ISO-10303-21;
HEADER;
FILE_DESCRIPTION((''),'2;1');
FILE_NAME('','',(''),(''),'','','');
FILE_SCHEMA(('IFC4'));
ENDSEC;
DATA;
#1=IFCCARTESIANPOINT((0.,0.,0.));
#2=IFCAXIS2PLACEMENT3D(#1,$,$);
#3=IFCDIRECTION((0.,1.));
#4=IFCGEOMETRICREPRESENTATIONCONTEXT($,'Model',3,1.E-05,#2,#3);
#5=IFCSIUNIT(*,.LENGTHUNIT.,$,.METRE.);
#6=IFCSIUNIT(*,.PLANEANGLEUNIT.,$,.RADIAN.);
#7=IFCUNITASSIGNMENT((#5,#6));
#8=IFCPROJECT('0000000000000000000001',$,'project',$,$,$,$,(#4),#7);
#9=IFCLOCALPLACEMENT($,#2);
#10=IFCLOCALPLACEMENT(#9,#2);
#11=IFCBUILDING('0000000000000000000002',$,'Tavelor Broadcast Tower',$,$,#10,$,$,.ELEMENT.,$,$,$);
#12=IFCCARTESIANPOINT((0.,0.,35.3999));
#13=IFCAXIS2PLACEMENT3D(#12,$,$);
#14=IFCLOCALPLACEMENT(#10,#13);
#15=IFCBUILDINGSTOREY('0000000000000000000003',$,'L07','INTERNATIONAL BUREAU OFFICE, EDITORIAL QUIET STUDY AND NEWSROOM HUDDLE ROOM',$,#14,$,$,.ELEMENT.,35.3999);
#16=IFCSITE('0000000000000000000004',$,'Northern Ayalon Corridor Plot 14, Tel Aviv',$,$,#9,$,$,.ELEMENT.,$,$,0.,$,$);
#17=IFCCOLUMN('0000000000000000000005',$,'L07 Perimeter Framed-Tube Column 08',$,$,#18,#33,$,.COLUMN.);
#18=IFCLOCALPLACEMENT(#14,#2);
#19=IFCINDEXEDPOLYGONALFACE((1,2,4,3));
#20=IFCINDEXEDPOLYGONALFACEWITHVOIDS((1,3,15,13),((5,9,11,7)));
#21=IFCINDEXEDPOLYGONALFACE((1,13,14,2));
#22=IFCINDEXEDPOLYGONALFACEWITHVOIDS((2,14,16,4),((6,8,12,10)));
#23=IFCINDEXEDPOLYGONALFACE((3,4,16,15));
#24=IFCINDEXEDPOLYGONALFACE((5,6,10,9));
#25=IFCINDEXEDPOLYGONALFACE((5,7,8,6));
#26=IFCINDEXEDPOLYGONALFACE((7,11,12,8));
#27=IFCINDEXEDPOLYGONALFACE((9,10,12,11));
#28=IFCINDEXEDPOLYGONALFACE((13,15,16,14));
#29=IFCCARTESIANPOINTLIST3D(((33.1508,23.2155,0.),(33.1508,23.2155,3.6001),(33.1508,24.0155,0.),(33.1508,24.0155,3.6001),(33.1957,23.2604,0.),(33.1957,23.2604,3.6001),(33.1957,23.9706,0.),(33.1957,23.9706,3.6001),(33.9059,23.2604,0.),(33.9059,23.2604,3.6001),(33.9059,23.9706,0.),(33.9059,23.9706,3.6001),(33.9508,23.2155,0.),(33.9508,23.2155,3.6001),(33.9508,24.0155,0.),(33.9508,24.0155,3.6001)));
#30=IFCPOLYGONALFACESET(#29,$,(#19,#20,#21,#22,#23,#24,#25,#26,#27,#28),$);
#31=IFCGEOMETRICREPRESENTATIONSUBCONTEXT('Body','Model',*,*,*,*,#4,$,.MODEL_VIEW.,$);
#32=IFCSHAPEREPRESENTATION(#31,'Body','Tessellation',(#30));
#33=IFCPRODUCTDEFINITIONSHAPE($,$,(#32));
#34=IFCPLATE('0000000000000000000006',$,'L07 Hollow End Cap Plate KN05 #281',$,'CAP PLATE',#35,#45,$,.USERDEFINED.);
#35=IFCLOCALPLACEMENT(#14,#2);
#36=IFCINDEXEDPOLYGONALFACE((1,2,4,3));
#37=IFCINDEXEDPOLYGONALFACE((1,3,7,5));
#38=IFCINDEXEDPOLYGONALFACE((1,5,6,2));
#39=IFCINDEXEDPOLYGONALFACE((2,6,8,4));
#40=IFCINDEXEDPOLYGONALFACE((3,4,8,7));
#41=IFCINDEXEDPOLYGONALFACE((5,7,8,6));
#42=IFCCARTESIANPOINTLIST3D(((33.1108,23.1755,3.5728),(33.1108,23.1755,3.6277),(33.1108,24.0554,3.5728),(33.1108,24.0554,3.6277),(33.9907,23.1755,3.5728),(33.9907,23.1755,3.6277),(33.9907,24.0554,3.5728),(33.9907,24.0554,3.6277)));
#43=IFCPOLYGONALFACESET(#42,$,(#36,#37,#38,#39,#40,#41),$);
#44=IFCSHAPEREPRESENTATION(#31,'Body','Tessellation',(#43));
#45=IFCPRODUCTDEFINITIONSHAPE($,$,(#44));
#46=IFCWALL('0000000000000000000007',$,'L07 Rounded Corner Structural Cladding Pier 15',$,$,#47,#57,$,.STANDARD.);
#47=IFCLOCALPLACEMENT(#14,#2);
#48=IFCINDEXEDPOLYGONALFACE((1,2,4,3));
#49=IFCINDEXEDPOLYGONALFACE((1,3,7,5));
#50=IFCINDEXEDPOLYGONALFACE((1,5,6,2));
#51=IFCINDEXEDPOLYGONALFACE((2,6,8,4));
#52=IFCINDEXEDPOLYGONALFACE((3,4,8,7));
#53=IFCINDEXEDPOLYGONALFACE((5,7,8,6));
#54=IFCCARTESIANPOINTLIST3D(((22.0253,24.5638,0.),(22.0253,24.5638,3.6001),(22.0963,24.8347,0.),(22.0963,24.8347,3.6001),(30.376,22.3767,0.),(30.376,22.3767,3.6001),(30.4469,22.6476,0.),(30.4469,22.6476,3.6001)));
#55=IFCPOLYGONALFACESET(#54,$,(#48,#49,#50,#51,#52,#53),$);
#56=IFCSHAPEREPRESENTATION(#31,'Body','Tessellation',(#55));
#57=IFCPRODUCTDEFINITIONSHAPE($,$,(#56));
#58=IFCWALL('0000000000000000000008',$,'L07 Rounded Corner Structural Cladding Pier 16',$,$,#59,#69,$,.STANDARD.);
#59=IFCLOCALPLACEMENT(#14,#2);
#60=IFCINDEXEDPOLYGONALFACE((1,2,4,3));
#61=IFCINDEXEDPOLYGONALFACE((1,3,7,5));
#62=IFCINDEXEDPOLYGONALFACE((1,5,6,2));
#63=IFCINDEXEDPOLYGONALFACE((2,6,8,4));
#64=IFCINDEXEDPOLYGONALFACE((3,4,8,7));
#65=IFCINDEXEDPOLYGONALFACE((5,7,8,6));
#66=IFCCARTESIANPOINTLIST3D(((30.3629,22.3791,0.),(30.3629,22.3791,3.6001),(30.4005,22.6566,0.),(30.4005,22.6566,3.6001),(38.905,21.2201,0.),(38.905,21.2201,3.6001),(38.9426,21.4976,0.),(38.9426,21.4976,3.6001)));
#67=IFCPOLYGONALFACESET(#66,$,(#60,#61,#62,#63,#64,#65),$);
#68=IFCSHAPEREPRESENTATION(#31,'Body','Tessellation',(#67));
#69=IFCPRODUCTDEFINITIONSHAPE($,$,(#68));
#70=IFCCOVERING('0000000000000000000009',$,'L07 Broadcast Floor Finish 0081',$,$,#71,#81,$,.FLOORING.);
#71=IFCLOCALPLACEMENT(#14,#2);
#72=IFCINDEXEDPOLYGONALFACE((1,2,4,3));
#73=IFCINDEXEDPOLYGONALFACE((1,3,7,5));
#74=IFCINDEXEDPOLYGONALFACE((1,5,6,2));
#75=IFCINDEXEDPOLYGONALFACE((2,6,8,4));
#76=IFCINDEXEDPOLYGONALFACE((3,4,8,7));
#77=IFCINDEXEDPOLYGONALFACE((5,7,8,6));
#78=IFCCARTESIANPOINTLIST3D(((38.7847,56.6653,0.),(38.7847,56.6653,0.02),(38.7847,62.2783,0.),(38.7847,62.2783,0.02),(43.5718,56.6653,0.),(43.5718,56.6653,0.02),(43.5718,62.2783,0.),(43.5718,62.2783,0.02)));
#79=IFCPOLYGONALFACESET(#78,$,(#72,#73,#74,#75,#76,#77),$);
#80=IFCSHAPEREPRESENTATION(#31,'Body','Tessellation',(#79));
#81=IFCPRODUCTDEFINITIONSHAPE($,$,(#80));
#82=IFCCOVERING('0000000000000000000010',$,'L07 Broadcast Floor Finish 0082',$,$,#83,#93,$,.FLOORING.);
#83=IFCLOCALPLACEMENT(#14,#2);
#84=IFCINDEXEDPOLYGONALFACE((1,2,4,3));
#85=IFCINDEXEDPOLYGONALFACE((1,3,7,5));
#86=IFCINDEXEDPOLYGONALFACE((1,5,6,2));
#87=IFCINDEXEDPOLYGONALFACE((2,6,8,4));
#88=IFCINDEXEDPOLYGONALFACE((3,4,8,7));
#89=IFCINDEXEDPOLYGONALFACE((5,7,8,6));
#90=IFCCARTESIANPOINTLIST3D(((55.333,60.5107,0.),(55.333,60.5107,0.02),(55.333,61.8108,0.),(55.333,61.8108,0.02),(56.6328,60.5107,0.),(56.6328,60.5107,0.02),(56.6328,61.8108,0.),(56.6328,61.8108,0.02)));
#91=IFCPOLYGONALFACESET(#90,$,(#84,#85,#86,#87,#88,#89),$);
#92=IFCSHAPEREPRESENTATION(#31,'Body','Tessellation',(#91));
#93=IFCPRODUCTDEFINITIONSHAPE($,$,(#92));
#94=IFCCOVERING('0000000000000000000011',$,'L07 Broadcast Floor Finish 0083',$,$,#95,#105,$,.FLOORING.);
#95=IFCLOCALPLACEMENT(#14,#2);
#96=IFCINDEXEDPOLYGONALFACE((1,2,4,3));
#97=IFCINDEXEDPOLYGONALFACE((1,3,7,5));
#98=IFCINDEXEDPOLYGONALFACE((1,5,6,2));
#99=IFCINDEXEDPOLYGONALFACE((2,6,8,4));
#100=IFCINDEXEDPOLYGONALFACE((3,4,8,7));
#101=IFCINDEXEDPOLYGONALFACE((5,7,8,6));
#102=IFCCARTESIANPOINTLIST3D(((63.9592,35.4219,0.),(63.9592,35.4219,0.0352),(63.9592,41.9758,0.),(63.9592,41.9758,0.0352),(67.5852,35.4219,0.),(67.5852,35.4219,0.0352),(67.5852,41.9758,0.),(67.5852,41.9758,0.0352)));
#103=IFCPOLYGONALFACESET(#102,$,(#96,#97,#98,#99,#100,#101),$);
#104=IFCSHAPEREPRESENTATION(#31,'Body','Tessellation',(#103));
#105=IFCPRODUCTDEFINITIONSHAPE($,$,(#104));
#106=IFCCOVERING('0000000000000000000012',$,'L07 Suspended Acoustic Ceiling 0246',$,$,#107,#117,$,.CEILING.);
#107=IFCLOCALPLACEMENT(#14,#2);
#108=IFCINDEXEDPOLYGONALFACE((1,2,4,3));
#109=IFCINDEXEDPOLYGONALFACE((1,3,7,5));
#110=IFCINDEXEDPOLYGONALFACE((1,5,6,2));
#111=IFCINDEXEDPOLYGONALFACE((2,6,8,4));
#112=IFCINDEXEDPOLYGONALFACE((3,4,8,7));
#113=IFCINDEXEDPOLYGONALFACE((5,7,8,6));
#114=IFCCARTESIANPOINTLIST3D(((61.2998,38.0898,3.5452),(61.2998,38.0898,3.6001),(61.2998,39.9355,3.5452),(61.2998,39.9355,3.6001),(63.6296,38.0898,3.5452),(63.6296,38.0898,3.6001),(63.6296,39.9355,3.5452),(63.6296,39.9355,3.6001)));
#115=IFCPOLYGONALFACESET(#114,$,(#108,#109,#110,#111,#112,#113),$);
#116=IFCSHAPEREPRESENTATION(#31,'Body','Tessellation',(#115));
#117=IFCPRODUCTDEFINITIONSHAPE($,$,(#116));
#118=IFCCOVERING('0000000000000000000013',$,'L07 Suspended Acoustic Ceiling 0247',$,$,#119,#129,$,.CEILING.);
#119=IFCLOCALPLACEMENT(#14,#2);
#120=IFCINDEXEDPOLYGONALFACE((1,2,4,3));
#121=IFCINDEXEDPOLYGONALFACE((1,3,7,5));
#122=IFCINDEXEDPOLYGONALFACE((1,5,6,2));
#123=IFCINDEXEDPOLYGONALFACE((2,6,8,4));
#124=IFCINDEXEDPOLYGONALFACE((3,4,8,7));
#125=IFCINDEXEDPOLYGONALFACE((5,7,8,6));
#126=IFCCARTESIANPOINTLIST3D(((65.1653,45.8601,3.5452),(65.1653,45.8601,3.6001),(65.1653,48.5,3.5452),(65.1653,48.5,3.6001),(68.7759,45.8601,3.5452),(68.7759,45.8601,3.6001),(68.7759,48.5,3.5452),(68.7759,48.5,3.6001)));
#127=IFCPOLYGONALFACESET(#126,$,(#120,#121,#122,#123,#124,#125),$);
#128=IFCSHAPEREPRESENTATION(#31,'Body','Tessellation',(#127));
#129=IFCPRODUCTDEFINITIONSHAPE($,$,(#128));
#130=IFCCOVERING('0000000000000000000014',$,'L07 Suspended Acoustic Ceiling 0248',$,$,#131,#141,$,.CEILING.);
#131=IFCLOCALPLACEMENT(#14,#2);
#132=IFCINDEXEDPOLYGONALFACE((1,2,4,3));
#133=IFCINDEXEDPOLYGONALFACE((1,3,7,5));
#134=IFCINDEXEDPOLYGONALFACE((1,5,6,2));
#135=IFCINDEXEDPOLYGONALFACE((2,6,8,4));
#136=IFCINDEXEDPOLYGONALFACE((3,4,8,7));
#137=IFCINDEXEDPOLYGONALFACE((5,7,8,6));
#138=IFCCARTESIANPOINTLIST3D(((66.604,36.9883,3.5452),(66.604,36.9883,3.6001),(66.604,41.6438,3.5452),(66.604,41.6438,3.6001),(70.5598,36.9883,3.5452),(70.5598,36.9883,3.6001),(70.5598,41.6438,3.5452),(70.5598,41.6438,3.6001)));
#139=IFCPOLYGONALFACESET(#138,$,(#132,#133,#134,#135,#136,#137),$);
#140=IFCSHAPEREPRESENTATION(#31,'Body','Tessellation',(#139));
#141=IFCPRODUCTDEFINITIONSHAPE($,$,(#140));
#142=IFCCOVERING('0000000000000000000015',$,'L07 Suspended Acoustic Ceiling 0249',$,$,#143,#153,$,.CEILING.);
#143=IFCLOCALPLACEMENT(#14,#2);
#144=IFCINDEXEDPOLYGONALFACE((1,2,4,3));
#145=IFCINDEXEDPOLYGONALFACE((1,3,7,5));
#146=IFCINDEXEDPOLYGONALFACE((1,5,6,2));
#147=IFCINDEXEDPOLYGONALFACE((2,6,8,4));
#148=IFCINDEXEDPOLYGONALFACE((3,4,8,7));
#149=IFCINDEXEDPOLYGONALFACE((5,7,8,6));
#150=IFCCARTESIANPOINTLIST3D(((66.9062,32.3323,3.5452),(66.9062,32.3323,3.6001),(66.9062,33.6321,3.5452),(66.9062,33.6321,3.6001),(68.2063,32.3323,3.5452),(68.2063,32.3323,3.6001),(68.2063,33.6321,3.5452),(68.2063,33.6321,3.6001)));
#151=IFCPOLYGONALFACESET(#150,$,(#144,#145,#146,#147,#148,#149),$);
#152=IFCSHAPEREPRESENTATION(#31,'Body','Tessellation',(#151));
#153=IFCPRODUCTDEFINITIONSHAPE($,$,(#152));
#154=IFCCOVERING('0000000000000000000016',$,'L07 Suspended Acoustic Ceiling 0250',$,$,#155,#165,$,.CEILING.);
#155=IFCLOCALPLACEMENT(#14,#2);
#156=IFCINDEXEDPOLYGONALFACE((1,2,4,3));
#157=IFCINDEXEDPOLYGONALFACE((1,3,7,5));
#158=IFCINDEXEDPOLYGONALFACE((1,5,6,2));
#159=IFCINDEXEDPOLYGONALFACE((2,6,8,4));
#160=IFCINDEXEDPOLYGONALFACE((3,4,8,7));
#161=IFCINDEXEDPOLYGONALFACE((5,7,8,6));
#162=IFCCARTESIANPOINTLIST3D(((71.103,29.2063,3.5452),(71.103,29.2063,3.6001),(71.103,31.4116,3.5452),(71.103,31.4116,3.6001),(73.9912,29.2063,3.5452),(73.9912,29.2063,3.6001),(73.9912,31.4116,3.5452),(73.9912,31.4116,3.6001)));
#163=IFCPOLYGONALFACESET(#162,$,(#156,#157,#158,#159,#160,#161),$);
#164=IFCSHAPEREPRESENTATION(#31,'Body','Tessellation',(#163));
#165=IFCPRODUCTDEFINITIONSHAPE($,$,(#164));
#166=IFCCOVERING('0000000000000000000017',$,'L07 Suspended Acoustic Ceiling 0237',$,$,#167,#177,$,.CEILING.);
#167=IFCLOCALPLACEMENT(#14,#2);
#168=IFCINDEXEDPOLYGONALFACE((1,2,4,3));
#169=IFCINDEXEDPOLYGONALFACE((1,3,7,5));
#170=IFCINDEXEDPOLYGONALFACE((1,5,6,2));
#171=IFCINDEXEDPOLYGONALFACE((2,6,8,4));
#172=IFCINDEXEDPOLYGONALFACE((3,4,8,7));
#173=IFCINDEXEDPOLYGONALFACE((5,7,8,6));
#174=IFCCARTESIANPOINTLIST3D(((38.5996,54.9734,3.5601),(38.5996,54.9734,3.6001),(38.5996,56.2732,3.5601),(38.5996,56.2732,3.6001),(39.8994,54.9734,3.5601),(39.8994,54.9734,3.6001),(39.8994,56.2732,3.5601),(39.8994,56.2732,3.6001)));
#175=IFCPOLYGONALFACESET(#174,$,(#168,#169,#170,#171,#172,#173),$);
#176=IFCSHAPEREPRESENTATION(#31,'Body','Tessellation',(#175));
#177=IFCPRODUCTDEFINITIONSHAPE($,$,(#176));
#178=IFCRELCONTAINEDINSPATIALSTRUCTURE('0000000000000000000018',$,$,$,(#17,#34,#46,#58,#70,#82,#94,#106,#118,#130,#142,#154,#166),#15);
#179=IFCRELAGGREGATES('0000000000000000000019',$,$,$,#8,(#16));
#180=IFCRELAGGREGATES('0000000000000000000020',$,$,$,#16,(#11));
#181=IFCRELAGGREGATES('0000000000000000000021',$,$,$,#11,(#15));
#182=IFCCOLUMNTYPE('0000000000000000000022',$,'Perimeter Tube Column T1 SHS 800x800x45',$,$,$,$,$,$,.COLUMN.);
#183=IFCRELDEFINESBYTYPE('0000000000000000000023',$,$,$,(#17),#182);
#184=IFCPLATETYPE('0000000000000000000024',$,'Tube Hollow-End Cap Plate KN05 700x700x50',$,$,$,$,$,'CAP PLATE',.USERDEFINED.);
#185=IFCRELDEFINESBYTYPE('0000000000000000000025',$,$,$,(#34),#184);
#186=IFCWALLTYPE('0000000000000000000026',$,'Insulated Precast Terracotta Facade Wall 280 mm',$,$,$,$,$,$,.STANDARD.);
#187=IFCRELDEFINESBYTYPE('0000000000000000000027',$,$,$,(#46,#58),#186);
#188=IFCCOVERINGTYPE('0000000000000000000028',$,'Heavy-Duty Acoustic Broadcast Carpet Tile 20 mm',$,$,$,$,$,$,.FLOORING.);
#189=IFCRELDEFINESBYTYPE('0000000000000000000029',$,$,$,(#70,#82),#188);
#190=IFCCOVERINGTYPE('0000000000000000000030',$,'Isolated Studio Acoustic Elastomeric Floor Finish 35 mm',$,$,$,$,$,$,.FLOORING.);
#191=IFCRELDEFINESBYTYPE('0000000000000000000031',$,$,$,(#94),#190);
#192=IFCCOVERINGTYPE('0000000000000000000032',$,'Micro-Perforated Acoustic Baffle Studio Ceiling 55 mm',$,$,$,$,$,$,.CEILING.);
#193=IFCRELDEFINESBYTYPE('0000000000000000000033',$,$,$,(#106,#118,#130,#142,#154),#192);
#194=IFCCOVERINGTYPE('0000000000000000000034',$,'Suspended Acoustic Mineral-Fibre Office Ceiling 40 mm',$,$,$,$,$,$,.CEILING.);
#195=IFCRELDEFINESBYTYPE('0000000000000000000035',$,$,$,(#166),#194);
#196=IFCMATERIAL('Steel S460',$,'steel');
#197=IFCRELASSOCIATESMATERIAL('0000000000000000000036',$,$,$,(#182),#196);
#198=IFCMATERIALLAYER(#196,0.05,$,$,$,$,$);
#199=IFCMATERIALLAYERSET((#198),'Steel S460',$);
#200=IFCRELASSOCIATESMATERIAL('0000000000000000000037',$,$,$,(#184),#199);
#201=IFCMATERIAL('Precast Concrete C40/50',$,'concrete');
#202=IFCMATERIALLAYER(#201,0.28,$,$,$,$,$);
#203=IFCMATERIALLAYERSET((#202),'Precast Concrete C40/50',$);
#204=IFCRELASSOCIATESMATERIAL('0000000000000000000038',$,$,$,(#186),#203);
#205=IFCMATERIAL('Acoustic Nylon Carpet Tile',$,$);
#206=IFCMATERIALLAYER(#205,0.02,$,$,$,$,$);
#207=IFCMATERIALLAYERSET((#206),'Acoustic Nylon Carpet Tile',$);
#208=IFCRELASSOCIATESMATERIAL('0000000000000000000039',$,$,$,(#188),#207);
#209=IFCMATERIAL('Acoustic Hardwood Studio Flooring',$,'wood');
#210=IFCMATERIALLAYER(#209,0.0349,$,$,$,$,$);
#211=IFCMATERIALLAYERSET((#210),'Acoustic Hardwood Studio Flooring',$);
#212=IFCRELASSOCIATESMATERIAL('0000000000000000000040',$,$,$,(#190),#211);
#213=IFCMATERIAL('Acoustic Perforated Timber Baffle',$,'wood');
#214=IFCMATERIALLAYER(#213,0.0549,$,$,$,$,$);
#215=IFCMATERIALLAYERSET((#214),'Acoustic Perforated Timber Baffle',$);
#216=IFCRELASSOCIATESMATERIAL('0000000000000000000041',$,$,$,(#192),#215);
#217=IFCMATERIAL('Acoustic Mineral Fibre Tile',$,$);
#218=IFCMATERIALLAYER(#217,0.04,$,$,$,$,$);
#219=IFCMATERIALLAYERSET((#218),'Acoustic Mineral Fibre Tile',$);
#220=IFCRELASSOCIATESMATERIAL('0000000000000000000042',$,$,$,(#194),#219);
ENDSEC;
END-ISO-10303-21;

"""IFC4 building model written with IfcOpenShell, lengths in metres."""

from ifc_helpers import new_model, si_unit, direction, frame, frame_2d, origin, origin_2d, place, context, subcontext, project, spatial, polyline, rectangle, hollow_rectangle, outline, extrude, source, transform, mapped, material, layer, layer_set, material_profile, profile_set, type_object, type_shapes, element, save


model = new_model("IFC4")

# Units and contexts
model_context = context("Model", 3, precision=1e-05, world=origin(), true_north=direction((0.0, 1.0)))
body_context = subcontext(model_context, "Body", "Model", "MODEL_VIEW")
ifc_project = project(units=[si_unit("LENGTHUNIT", "METRE"), si_unit("PLANEANGLEUNIT", "RADIAN")], contexts=[model_context])

# Site, building, storey
site_placement = place(None, origin())
site = spatial("IfcSite", under=ifc_project, at=site_placement, Name="Northern Ayalon Corridor Plot 14, Tel Aviv", CompositionType="ELEMENT", RefElevation=0.0)
building_placement = place(site_placement, origin())
building = spatial("IfcBuilding", under=site, at=building_placement, Name="Tavelor Broadcast Tower", CompositionType="ELEMENT")
storey_placement = place(building_placement, frame((0.0, 0.0, 35.3999)))
storey = spatial("IfcBuildingStorey", under=building, at=storey_placement, Name="L07", Description="INTERNATIONAL BUREAU OFFICE, EDITORIAL QUIET STUDY AND NEWSROOM HUDDLE ROOM", CompositionType="ELEMENT", Elevation=35.3999)

# Column
ifc_material_1 = material(Name="Steel S460", Category="steel")
ifc_material_profile = material_profile(ifc_material_1, hollow_rectangle(XDim=0.8, YDim=0.8, WallThickness=0.0449, at=origin_2d()), Name="SHS 800x800x45")
ifc_profile_set = profile_set([ifc_material_profile], Name="Steel S460")
column_type = type_object("IfcColumnType", Name="Perimeter Tube Column T1 SHS 800x800x45", PredefinedType="COLUMN", material=ifc_profile_set)
column_placement = place(storey_placement, frame((33.5508, 23.6155, 0.0), z_axis=(0.0, 0.0, 1.0), x_axis=(1.0, 0.0, 0.0)))
element("IfcColumn", 1, at=column_placement, inside=storey, type_object=column_type, Name="L07 Perimeter Framed-Tube Column 08", PredefinedType="COLUMN", context=body_context, shape_type="SweptSolid", body=[
    extrude(hollow_rectangle(XDim=0.8, YDim=0.8, WallThickness=0.0449, at=origin_2d()), origin(), (0.0, 0.0, 1.0), 3.6001),
])

# Plate
ifc_layer_1 = layer(ifc_material_1, 0.05)
ifc_layer_set_1 = layer_set([ifc_layer_1], Name="Steel S460")
plate_type = type_object("IfcPlateType", Name="Tube Hollow-End Cap Plate KN05 700x700x50", ElementType="CAP PLATE", PredefinedType="USERDEFINED", material=ifc_layer_set_1)
shared_shape = source(origin(), body_context, "Body", "SweptSolid", [
    extrude(rectangle(XDim=0.8799, YDim=0.8799, at=origin_2d()), origin(), (0.0, 0.0, 1.0), 0.0549),
])
type_shapes(plate_type, [shared_shape])
plate_placement = place(storey_placement, frame((33.5508, 23.6155, 3.5728), z_axis=(0.0, 0.0, 1.0), x_axis=(1.0, 0.0, 0.0)))
element("IfcPlate", 2, at=plate_placement, inside=storey, type_object=plate_type, Name="L07 Hollow End Cap Plate KN05 #281", ObjectType="CAP PLATE", PredefinedType="USERDEFINED", context=body_context, shape_type="MappedRepresentation", body=[
    mapped(shared_shape, transform((0.0, 0.0, 0.0), scale=1.0)),
])

# Walls
ifc_material_2 = material(Name="Precast Concrete C40/50", Category="concrete")
ifc_layer_2 = layer(ifc_material_2, 0.28)
ifc_layer_set_2 = layer_set([ifc_layer_2], Name="Precast Concrete C40/50")
wall_type = type_object("IfcWallType", Name="Insulated Precast Terracotta Facade Wall 280 mm", PredefinedType="STANDARD", material=ifc_layer_set_2)
wall_1_placement = place(storey_placement, frame((22.0608, 24.6992, 0.0), z_axis=(0.0, 0.0, 1.0), x_axis=(0.967374, -0.253354, 0.0)))
element("IfcWall", 3, at=wall_1_placement, inside=storey, type_object=wall_type, Name="L07 Rounded Corner Structural Cladding Pier 15", PredefinedType="STANDARD", context=body_context, shape_type="SweptSolid", body=[
    extrude(rectangle(XDim=8.6323, YDim=0.28, at=frame_2d((4.3162, 0.0))), origin(), (0.0, 0.0, 1.0), 3.6001),
])
wall_2_placement = place(storey_placement, frame((30.3818, 22.5178, 0.0), z_axis=(0.0, 0.0, 1.0), x_axis=(0.990921, -0.134443, 0.0)))
element("IfcWall", 4, at=wall_2_placement, inside=storey, type_object=wall_type, Name="L07 Rounded Corner Structural Cladding Pier 16", PredefinedType="STANDARD", context=body_context, shape_type="SweptSolid", body=[
    extrude(rectangle(XDim=8.6204, YDim=0.28, at=frame_2d((4.3101, 0.0))), origin(), (0.0, 0.0, 1.0), 3.6001),
])

# Coverings
ifc_material_3 = material(Name="Acoustic Nylon Carpet Tile")
ifc_layer_3 = layer(ifc_material_3, 0.02)
ifc_layer_set_3 = layer_set([ifc_layer_3], Name="Acoustic Nylon Carpet Tile")
covering_type_1 = type_object("IfcCoveringType", Name="Heavy-Duty Acoustic Broadcast Carpet Tile 20 mm", PredefinedType="FLOORING", material=ifc_layer_set_3)
covering_1_placement = place(storey_placement, origin())
element("IfcCovering", 5, at=covering_1_placement, inside=storey, type_object=covering_type_1, Name="L07 Broadcast Floor Finish 0081", PredefinedType="FLOORING", context=body_context, shape_type="SweptSolid", body=[
    extrude(outline(polyline([(38.7847, 56.6653), (43.5718, 56.6653), (43.5718, 62.2783), (38.7847, 62.2783), (38.7847, 56.6653)])), origin(), (0.0, 0.0, 1.0), 0.02),
])
covering_2_placement = place(storey_placement, origin())
element("IfcCovering", 6, at=covering_2_placement, inside=storey, type_object=covering_type_1, Name="L07 Broadcast Floor Finish 0082", PredefinedType="FLOORING", context=body_context, shape_type="SweptSolid", body=[
    extrude(outline(polyline([(55.333, 60.5107), (56.6328, 60.5107), (56.6328, 61.8108), (55.333, 61.8108), (55.333, 60.5107)])), origin(), (0.0, 0.0, 1.0), 0.02),
])
ifc_material_4 = material(Name="Acoustic Hardwood Studio Flooring", Category="wood")
ifc_layer_4 = layer(ifc_material_4, 0.0349)
ifc_layer_set_4 = layer_set([ifc_layer_4], Name="Acoustic Hardwood Studio Flooring")
covering_type_2 = type_object("IfcCoveringType", Name="Isolated Studio Acoustic Elastomeric Floor Finish 35 mm", PredefinedType="FLOORING", material=ifc_layer_set_4)
covering_3_placement = place(storey_placement, origin())
element("IfcCovering", 7, at=covering_3_placement, inside=storey, type_object=covering_type_2, Name="L07 Broadcast Floor Finish 0083", PredefinedType="FLOORING", context=body_context, shape_type="SweptSolid", body=[
    extrude(outline(polyline([(63.9592, 35.4219), (67.5852, 35.4219), (67.5852, 41.9758), (63.9592, 41.9758), (63.9592, 35.4219)])), origin(), (0.0, 0.0, 1.0), 0.0352),
])
ifc_material_5 = material(Name="Acoustic Perforated Timber Baffle", Category="wood")
ifc_layer_5 = layer(ifc_material_5, 0.0549)
ifc_layer_set_5 = layer_set([ifc_layer_5], Name="Acoustic Perforated Timber Baffle")
covering_type_3 = type_object("IfcCoveringType", Name="Micro-Perforated Acoustic Baffle Studio Ceiling 55 mm", PredefinedType="CEILING", material=ifc_layer_set_5)
covering_4_placement = place(storey_placement, frame((0.0, 0.0, 3.5452)))
element("IfcCovering", 8, at=covering_4_placement, inside=storey, type_object=covering_type_3, Name="L07 Suspended Acoustic Ceiling 0246", PredefinedType="CEILING", context=body_context, shape_type="SweptSolid", body=[
    extrude(outline(polyline([(61.2998, 38.0898), (63.6296, 38.0898), (63.6296, 39.9355), (61.2998, 39.9355), (61.2998, 38.0898)])), origin(), (0.0, 0.0, 1.0), 0.0549),
])
covering_5_placement = place(storey_placement, frame((0.0, 0.0, 3.5452)))
element("IfcCovering", 9, at=covering_5_placement, inside=storey, type_object=covering_type_3, Name="L07 Suspended Acoustic Ceiling 0247", PredefinedType="CEILING", context=body_context, shape_type="SweptSolid", body=[
    extrude(outline(polyline([(65.1653, 45.8601), (68.7759, 45.8601), (68.7759, 48.5), (65.1653, 48.5), (65.1653, 45.8601)])), origin(), (0.0, 0.0, 1.0), 0.0549),
])
covering_6_placement = place(storey_placement, frame((0.0, 0.0, 3.5452)))
element("IfcCovering", 10, at=covering_6_placement, inside=storey, type_object=covering_type_3, Name="L07 Suspended Acoustic Ceiling 0248", PredefinedType="CEILING", context=body_context, shape_type="SweptSolid", body=[
    extrude(outline(polyline([(66.604, 36.9883), (70.5598, 36.9883), (70.5598, 41.6438), (66.604, 41.6438), (66.604, 36.9883)])), origin(), (0.0, 0.0, 1.0), 0.0549),
])
covering_7_placement = place(storey_placement, frame((0.0, 0.0, 3.5452)))
element("IfcCovering", 11, at=covering_7_placement, inside=storey, type_object=covering_type_3, Name="L07 Suspended Acoustic Ceiling 0249", PredefinedType="CEILING", context=body_context, shape_type="SweptSolid", body=[
    extrude(outline(polyline([(66.9062, 32.3323), (68.2063, 32.3323), (68.2063, 33.6321), (66.9062, 33.6321), (66.9062, 32.3323)])), origin(), (0.0, 0.0, 1.0), 0.0549),
])
covering_8_placement = place(storey_placement, frame((0.0, 0.0, 3.5452)))
element("IfcCovering", 12, at=covering_8_placement, inside=storey, type_object=covering_type_3, Name="L07 Suspended Acoustic Ceiling 0250", PredefinedType="CEILING", context=body_context, shape_type="SweptSolid", body=[
    extrude(outline(polyline([(71.103, 29.2063), (73.9912, 29.2063), (73.9912, 31.4116), (71.103, 31.4116), (71.103, 29.2063)])), origin(), (0.0, 0.0, 1.0), 0.0549),
])
ifc_material_6 = material(Name="Acoustic Mineral Fibre Tile")
ifc_layer_6 = layer(ifc_material_6, 0.04)
ifc_layer_set_6 = layer_set([ifc_layer_6], Name="Acoustic Mineral Fibre Tile")
covering_type_4 = type_object("IfcCoveringType", Name="Suspended Acoustic Mineral-Fibre Office Ceiling 40 mm", PredefinedType="CEILING", material=ifc_layer_set_6)
covering_9_placement = place(storey_placement, frame((0.0, 0.0, 3.5601)))
element("IfcCovering", 13, at=covering_9_placement, inside=storey, type_object=covering_type_4, Name="L07 Suspended Acoustic Ceiling 0237", PredefinedType="CEILING", context=body_context, shape_type="SweptSolid", body=[
    extrude(outline(polyline([(38.5996, 54.9734), (39.8994, 54.9734), (39.8994, 56.2732), (38.5996, 56.2732), (38.5996, 54.9734)])), origin(), (0.0, 0.0, 1.0), 0.04),
])

save(model, "model.ifc")
